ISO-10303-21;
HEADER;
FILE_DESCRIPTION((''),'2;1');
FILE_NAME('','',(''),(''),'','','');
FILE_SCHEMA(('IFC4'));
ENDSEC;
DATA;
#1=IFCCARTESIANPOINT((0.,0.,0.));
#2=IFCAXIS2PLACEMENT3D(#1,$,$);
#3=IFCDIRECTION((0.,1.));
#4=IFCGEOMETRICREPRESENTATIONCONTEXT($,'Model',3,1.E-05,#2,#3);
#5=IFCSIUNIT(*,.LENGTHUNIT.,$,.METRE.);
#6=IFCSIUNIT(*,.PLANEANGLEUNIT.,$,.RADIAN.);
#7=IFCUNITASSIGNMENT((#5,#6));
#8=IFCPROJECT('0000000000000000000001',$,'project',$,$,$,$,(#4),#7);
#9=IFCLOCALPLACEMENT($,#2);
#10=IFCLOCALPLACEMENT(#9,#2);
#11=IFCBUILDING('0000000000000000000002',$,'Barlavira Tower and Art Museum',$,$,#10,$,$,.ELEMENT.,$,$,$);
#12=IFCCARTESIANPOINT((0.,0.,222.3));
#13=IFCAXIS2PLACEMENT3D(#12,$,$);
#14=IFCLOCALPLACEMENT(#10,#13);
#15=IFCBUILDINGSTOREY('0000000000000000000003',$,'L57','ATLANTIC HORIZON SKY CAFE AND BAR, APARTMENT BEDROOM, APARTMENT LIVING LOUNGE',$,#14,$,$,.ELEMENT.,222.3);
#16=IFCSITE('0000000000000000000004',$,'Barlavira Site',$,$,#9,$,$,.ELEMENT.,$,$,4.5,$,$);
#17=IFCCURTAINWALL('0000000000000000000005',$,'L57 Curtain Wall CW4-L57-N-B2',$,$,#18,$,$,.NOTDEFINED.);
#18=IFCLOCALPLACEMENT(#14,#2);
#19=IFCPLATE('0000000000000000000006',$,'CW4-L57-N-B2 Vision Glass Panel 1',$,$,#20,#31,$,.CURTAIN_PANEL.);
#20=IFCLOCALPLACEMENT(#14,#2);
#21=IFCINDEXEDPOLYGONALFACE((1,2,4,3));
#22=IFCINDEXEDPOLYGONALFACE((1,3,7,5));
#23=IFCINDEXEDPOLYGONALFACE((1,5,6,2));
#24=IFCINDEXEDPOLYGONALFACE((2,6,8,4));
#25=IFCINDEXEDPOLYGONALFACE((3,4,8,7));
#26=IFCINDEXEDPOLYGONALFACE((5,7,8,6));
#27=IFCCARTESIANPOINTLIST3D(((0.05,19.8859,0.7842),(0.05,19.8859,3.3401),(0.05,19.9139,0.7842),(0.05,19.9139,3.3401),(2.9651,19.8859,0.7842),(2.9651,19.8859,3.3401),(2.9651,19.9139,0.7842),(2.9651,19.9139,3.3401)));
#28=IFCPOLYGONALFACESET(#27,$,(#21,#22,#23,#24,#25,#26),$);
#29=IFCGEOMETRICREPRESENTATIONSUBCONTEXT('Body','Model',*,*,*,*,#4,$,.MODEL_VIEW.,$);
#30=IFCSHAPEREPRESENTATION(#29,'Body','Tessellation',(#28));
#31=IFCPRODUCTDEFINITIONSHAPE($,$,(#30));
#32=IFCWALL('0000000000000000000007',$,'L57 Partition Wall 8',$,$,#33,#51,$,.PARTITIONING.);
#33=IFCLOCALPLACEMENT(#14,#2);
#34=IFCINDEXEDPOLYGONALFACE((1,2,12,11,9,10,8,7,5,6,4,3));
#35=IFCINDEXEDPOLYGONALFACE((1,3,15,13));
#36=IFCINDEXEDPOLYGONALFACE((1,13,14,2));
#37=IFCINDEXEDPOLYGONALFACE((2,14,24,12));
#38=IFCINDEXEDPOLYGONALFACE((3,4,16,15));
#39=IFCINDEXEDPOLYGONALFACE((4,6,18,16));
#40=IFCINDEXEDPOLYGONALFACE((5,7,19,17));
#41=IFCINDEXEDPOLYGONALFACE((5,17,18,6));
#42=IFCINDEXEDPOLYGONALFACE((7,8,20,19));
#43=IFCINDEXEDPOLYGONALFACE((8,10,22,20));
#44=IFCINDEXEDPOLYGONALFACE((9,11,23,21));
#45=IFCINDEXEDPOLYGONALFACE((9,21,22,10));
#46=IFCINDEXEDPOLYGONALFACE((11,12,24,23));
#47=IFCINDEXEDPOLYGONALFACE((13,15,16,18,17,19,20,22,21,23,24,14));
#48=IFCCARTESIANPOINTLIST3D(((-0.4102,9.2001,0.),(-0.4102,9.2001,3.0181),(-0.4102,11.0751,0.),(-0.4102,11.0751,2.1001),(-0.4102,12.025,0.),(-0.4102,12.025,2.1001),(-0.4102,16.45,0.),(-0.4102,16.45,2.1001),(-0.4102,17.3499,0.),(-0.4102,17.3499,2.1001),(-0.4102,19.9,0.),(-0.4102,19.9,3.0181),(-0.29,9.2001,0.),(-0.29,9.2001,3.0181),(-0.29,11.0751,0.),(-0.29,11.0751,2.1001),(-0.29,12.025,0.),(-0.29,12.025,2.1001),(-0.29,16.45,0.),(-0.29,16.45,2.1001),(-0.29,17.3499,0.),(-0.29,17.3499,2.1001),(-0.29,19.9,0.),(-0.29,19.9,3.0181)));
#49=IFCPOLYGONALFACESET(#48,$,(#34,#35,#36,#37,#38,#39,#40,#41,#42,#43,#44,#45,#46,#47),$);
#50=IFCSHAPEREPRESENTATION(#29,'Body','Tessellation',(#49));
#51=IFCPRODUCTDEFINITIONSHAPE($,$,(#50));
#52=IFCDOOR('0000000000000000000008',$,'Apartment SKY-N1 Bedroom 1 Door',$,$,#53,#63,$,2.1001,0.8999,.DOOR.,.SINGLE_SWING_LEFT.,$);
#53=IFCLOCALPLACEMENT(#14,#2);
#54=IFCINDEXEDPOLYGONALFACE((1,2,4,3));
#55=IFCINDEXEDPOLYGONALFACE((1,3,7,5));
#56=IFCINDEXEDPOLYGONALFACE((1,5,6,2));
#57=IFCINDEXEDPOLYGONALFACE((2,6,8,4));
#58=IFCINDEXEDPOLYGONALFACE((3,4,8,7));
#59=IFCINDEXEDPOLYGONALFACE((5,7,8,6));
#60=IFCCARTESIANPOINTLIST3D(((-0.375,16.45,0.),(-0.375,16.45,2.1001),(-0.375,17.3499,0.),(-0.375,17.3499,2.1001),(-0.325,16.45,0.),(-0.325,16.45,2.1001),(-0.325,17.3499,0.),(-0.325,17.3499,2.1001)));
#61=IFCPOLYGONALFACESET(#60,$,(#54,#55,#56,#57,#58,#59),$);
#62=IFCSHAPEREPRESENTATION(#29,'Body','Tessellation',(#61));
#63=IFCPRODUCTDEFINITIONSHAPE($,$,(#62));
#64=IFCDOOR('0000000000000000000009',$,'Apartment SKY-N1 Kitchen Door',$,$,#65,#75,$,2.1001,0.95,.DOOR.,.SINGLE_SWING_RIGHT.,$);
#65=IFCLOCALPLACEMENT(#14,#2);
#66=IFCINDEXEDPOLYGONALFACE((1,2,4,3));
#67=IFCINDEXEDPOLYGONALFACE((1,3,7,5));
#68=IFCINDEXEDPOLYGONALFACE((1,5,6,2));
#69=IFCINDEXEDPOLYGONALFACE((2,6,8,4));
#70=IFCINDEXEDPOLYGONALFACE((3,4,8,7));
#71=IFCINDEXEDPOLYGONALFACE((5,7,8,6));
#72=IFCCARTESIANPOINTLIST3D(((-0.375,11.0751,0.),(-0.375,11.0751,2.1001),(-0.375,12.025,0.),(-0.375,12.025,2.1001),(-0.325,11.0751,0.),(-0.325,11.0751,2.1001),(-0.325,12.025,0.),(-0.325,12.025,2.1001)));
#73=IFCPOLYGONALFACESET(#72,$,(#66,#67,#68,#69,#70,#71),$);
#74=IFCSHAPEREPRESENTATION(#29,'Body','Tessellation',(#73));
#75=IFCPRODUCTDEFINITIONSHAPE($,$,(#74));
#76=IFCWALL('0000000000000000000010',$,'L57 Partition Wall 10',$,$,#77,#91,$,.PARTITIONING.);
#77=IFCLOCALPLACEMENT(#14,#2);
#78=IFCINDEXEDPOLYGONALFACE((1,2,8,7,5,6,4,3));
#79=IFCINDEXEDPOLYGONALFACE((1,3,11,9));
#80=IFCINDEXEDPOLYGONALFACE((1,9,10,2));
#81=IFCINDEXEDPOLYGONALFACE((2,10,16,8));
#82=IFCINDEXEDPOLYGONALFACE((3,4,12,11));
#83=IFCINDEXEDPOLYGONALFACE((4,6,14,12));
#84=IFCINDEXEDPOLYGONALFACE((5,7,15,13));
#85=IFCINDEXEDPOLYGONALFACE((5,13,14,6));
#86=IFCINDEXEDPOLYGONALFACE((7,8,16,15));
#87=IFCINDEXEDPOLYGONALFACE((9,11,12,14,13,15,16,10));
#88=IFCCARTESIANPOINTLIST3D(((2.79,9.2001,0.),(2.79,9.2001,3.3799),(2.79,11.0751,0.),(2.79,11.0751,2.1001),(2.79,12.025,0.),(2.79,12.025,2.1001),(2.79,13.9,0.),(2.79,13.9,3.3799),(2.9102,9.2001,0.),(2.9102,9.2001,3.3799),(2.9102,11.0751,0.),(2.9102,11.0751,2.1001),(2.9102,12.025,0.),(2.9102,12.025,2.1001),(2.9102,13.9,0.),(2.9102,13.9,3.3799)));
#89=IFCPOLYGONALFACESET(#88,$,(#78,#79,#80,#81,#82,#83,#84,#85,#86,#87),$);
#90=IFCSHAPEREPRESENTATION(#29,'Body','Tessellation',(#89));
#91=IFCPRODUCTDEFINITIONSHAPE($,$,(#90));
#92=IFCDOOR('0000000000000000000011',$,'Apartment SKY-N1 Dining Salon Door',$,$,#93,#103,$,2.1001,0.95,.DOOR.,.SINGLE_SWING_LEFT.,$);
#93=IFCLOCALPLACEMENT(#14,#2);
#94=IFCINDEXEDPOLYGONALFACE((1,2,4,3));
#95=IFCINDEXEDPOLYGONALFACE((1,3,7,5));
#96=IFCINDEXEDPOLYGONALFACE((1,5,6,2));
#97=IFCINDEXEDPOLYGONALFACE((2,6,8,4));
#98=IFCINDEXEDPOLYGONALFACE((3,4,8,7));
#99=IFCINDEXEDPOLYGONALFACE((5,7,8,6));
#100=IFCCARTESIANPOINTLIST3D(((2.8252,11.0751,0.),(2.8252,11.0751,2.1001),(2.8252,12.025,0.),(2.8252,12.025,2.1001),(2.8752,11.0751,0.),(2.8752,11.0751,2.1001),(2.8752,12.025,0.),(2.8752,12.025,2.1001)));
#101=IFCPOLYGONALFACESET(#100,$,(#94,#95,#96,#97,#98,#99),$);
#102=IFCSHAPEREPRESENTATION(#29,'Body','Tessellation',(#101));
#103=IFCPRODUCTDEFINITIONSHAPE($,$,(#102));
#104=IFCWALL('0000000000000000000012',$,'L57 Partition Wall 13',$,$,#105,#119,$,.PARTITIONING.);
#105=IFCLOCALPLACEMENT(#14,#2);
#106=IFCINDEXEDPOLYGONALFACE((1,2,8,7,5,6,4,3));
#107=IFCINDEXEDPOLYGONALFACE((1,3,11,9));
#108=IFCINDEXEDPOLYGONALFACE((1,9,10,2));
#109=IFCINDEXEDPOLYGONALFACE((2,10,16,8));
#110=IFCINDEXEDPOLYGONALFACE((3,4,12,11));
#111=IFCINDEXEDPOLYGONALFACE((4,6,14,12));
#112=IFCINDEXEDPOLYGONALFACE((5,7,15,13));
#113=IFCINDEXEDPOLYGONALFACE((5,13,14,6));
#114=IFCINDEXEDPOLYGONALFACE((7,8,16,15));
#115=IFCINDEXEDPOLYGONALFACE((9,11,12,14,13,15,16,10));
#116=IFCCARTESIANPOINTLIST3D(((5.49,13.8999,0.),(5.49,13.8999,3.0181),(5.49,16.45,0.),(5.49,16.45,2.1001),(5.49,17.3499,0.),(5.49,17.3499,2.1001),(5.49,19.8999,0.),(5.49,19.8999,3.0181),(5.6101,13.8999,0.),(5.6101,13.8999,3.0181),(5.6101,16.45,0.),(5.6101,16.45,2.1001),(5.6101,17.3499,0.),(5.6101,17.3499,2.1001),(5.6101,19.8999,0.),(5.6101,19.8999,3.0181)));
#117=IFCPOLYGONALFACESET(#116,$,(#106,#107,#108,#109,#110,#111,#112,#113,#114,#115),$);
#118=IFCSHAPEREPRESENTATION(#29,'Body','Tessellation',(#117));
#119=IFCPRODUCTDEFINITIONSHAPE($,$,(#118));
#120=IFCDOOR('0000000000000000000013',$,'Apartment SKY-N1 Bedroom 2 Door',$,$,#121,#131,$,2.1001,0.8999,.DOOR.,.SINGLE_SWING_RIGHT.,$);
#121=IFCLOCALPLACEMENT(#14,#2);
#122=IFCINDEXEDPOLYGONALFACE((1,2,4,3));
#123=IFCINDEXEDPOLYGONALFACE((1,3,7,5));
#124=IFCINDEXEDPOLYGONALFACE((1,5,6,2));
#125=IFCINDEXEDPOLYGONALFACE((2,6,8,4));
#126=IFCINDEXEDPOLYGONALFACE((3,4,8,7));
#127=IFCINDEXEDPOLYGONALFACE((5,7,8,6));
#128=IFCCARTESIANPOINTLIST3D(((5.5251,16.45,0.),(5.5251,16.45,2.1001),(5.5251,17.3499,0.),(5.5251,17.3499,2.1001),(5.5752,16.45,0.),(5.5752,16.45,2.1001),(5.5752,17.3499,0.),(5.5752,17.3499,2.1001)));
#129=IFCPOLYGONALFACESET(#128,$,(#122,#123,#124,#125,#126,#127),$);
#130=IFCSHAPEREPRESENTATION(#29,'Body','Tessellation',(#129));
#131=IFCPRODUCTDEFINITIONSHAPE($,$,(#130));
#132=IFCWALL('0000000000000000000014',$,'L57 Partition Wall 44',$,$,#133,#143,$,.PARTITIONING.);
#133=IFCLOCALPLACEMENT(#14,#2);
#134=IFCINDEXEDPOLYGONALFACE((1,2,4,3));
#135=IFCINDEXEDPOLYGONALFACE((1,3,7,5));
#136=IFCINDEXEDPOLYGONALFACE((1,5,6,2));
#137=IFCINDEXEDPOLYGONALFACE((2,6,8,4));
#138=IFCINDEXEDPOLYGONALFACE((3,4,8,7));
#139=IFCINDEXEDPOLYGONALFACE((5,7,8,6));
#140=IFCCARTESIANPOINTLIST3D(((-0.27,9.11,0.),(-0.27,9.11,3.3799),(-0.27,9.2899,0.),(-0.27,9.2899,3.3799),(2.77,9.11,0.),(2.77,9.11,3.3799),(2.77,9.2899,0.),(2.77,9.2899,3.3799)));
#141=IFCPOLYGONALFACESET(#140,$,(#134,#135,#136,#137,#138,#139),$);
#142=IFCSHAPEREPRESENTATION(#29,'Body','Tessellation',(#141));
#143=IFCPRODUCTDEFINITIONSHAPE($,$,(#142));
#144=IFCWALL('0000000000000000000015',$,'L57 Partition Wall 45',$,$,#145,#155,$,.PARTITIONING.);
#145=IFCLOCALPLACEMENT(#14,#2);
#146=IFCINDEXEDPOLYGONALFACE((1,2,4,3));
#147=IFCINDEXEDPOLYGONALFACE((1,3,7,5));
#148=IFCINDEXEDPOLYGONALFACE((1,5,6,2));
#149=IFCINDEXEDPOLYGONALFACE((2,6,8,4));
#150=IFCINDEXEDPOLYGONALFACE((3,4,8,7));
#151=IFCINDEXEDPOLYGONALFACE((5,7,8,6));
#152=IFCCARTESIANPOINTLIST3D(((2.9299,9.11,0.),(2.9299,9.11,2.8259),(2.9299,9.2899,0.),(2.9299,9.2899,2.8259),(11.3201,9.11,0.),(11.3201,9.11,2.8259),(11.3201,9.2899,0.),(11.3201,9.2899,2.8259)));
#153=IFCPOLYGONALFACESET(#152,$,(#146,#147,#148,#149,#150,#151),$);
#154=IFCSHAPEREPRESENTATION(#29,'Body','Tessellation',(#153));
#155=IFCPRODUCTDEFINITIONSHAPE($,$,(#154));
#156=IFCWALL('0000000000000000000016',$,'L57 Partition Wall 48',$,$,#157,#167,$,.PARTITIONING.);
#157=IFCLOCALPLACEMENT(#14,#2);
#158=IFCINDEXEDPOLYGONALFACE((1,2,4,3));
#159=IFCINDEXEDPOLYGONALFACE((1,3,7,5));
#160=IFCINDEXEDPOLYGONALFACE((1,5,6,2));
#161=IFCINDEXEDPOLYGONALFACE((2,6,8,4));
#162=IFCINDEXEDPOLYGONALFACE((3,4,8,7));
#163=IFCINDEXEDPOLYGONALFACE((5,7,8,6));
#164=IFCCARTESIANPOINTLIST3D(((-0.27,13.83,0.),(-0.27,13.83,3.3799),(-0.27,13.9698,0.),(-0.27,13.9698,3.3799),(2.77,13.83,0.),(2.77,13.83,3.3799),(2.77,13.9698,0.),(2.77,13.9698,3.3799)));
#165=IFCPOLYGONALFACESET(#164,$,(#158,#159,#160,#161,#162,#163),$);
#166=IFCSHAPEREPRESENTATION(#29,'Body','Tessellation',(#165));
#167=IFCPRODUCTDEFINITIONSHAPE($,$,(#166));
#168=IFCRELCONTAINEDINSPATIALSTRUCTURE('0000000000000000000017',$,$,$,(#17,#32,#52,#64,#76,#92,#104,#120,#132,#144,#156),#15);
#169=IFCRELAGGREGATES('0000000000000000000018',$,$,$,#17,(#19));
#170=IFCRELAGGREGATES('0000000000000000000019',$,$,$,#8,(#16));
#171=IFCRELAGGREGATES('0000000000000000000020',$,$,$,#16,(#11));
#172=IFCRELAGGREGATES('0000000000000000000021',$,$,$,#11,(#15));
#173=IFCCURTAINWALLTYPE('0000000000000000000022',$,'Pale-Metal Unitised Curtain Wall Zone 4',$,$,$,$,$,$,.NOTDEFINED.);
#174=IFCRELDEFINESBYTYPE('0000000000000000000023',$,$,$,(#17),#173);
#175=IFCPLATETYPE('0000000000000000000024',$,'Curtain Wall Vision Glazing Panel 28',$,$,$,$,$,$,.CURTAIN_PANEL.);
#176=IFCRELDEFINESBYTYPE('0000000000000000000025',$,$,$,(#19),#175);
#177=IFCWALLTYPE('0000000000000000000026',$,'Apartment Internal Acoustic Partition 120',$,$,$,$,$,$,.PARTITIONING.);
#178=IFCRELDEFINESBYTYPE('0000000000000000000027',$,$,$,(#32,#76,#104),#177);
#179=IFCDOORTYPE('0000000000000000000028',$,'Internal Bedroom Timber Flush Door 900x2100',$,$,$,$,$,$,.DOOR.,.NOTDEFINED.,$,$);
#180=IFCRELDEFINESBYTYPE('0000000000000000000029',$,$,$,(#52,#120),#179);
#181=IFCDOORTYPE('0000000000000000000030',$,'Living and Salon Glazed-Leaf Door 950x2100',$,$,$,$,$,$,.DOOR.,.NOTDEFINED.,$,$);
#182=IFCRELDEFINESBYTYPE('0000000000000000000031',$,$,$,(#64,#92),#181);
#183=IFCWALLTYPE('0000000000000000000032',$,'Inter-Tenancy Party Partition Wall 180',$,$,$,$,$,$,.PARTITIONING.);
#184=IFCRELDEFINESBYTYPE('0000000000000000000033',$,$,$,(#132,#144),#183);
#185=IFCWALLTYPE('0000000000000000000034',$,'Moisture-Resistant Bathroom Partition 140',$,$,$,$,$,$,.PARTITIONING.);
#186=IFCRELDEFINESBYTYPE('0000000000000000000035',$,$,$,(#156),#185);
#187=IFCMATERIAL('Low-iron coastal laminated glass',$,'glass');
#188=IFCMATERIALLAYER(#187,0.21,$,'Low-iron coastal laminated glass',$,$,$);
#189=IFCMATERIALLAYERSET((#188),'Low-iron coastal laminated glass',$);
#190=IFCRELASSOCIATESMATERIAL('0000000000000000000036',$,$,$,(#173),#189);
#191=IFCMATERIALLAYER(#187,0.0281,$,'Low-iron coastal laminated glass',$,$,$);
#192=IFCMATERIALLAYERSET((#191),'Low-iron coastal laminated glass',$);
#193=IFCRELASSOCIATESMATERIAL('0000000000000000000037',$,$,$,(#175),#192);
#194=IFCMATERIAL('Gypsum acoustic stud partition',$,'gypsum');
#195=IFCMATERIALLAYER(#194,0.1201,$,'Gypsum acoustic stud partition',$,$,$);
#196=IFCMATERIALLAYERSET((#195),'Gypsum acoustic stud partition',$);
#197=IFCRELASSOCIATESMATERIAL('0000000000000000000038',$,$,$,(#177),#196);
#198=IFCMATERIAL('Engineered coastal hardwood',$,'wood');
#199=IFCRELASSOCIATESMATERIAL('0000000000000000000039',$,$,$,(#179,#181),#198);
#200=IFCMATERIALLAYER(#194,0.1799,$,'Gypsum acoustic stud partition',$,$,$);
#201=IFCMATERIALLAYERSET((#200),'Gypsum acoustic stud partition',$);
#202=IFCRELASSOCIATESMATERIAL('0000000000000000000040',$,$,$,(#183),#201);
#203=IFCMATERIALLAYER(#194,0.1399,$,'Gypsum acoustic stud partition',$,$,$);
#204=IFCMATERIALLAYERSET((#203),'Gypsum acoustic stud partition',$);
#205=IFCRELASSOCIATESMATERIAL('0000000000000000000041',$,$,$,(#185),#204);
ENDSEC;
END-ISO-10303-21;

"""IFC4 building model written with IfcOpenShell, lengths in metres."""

from ifc_helpers import new_model, si_unit, direction, frame, frame_2d, origin, origin_2d, place, context, subcontext, project, spatial, rectangle, extrude, material, layer, layer_set, type_object, element, fill, aggregate, save


model = new_model("IFC4")

# Units and contexts
model_context = context("Model", 3, precision=1e-05, world=origin(), true_north=direction((0.0, 1.0)))
body_context = subcontext(model_context, "Body", "Model", "MODEL_VIEW")
ifc_project = project(units=[si_unit("LENGTHUNIT", "METRE"), si_unit("PLANEANGLEUNIT", "RADIAN")], contexts=[model_context])

# Site, building, storey
site_placement = place(None, origin())
site = spatial("IfcSite", under=ifc_project, at=site_placement, Name="Barlavira Site", CompositionType="ELEMENT", RefElevation=4.5)
building_placement = place(site_placement, origin())
building = spatial("IfcBuilding", under=site, at=building_placement, Name="Barlavira Tower and Art Museum", CompositionType="ELEMENT")
storey_placement = place(building_placement, frame((0.0, 0.0, 222.3)))
storey = spatial("IfcBuildingStorey", under=building, at=storey_placement, Name="L57", Description="ATLANTIC HORIZON SKY CAFE AND BAR, APARTMENT BEDROOM, APARTMENT LIVING LOUNGE", CompositionType="ELEMENT", Elevation=222.3)

# Curtain wall, plate
ifc_material_1 = material(Name="Low-iron coastal laminated glass", Category="glass")
ifc_layer_1 = layer(ifc_material_1, 0.21, Name="Low-iron coastal laminated glass")
ifc_layer_set_1 = layer_set([ifc_layer_1], Name="Low-iron coastal laminated glass")
curtain_wall_type = type_object("IfcCurtainWallType", Name="Pale-Metal Unitised Curtain Wall Zone 4", PredefinedType="NOTDEFINED", material=ifc_layer_set_1)
curtain_wall_placement = place(storey_placement, origin())
curtain_wall = element("IfcCurtainWall", 1, at=curtain_wall_placement, inside=storey, type_object=curtain_wall_type, Name="L57 Curtain Wall CW4-L57-N-B2", PredefinedType="NOTDEFINED")
ifc_layer_2 = layer(ifc_material_1, 0.0281, Name="Low-iron coastal laminated glass")
ifc_layer_set_2 = layer_set([ifc_layer_2], Name="Low-iron coastal laminated glass")
plate_type_1 = type_object("IfcPlateType", Name="Curtain Wall Vision Glazing Panel 28", PredefinedType="CURTAIN_PANEL", material=ifc_layer_set_2)
plate_1_placement = place(storey_placement, frame((1.5076, 19.8999, 0.7842), z_axis=(0.0, 0.0, 1.0), x_axis=(-1.0, 0.0, 0.0)))
plate_1 = element("IfcPlate", 2, at=plate_1_placement, type_object=plate_type_1, Name="CW4-L57-N-B2 Vision Glass Panel 1", PredefinedType="CURTAIN_PANEL", context=body_context, shape_type="SweptSolid", body=[
    extrude(rectangle(XDim=2.915, YDim=0.0281, at=origin_2d()), origin(), (0.0, 0.0, 1.0), 2.5559),
])
aggregate(curtain_wall, [plate_1])

# Wall, openings, doors
ifc_material_2 = material(Name="Gypsum acoustic stud partition", Category="gypsum")
ifc_layer_3 = layer(ifc_material_2, 0.1201, Name="Gypsum acoustic stud partition")
ifc_layer_set_3 = layer_set([ifc_layer_3], Name="Gypsum acoustic stud partition")
wall_type_1 = type_object("IfcWallType", Name="Apartment Internal Acoustic Partition 120", PredefinedType="PARTITIONING", material=ifc_layer_set_3)
wall_1_placement = place(storey_placement, frame((-0.3501, 9.2, 0.0), z_axis=(0.0, 0.0, 1.0), x_axis=(0.0, 1.0, 0.0)))
wall_1 = element("IfcWall", 3, at=wall_1_placement, inside=storey, type_object=wall_type_1, Name="L57 Partition Wall 8", PredefinedType="PARTITIONING", context=body_context, shape_type="SweptSolid", body=[
    extrude(rectangle(XDim=10.7, YDim=0.1201, at=frame_2d((5.3501, 0.0))), origin(), (0.0, 0.0, 1.0), 3.0181),
])
opening_1_placement = place(wall_1_placement, frame((1.875, 0.0, 0.0)))
opening_1 = element("IfcOpeningElement", 4, at=opening_1_placement, cuts=wall_1, PredefinedType="OPENING", context=body_context, shape_type="SweptSolid", body=[
    extrude(rectangle(XDim=0.95, YDim=2.1001, at=frame_2d((0.4751, 1.05))), frame((0.0, 0.0701, 0.0), z_axis=(0.0, -1.0, 0.0), x_axis=(1.0, 0.0, 0.0)), (0.0, 0.0, 1.0), 0.1401),
])
opening_2_placement = place(wall_1_placement, frame((7.25, 0.0, 0.0)))
opening_2 = element("IfcOpeningElement", 5, at=opening_2_placement, cuts=wall_1, PredefinedType="OPENING", context=body_context, shape_type="SweptSolid", body=[
    extrude(rectangle(XDim=0.8999, YDim=2.1001, at=frame_2d((0.45, 1.05))), frame((0.0, 0.0701, 0.0), z_axis=(0.0, -1.0, 0.0), x_axis=(1.0, 0.0, 0.0)), (0.0, 0.0, 1.0), 0.1401),
])
ifc_material_3 = material(Name="Engineered coastal hardwood", Category="wood")
door_type_1 = type_object("IfcDoorType", Name="Internal Bedroom Timber Flush Door 900x2100", OperationType="NOTDEFINED", PredefinedType="DOOR", material=ifc_material_3)
door_1_placement = place(opening_2_placement, origin())
door_1 = element("IfcDoor", 6, at=door_1_placement, inside=storey, type_object=door_type_1, Name="Apartment SKY-N1 Bedroom 1 Door", OperationType="SINGLE_SWING_LEFT", OverallHeight=2.1001, OverallWidth=0.8999, PredefinedType="DOOR", context=body_context, shape_type="SweptSolid", body=[
    extrude(rectangle(XDim=0.8999, YDim=2.1001, at=frame_2d((0.45, 1.05))), frame((0.0, 0.0249, 0.0), z_axis=(0.0, -1.0, 0.0), x_axis=(1.0, 0.0, 0.0)), (0.0, 0.0, 1.0), 0.05),
])
fill(opening_2, door_1)
door_type_2 = type_object("IfcDoorType", Name="Living and Salon Glazed-Leaf Door 950x2100", OperationType="NOTDEFINED", PredefinedType="DOOR", material=ifc_material_3)
door_2_placement = place(opening_1_placement, origin())
door_2 = element("IfcDoor", 7, at=door_2_placement, inside=storey, type_object=door_type_2, Name="Apartment SKY-N1 Kitchen Door", OperationType="SINGLE_SWING_RIGHT", OverallHeight=2.1001, OverallWidth=0.95, PredefinedType="DOOR", context=body_context, shape_type="SweptSolid", body=[
    extrude(rectangle(XDim=0.95, YDim=2.1001, at=frame_2d((0.4751, 1.05))), frame((0.0, 0.0249, 0.0), z_axis=(0.0, -1.0, 0.0), x_axis=(1.0, 0.0, 0.0)), (0.0, 0.0, 1.0), 0.05),
])
fill(opening_1, door_2)

# Walls, openings, doors
wall_2_placement = place(storey_placement, frame((2.8501, 9.2, 0.0), z_axis=(0.0, 0.0, 1.0), x_axis=(0.0, 1.0, 0.0)))
wall_2 = element("IfcWall", 8, at=wall_2_placement, inside=storey, type_object=wall_type_1, Name="L57 Partition Wall 10", PredefinedType="PARTITIONING", context=body_context, shape_type="SweptSolid", body=[
    extrude(rectangle(XDim=4.7, YDim=0.1201, at=frame_2d((2.3501, 0.0))), origin(), (0.0, 0.0, 1.0), 3.3799),
])
opening_3_placement = place(wall_2_placement, frame((1.875, 0.0, 0.0)))
opening_3 = element("IfcOpeningElement", 9, at=opening_3_placement, cuts=wall_2, PredefinedType="OPENING", context=body_context, shape_type="SweptSolid", body=[
    extrude(rectangle(XDim=0.95, YDim=2.1001, at=frame_2d((0.4751, 1.05))), frame((0.0, 0.0701, 0.0), z_axis=(0.0, -1.0, 0.0), x_axis=(1.0, 0.0, 0.0)), (0.0, 0.0, 1.0), 0.1401),
])
door_3_placement = place(opening_3_placement, origin())
door_3 = element("IfcDoor", 10, at=door_3_placement, inside=storey, type_object=door_type_2, Name="Apartment SKY-N1 Dining Salon Door", OperationType="SINGLE_SWING_LEFT", OverallHeight=2.1001, OverallWidth=0.95, PredefinedType="DOOR", context=body_context, shape_type="SweptSolid", body=[
    extrude(rectangle(XDim=0.95, YDim=2.1001, at=frame_2d((0.4751, 1.05))), frame((0.0, 0.0249, 0.0), z_axis=(0.0, -1.0, 0.0), x_axis=(1.0, 0.0, 0.0)), (0.0, 0.0, 1.0), 0.05),
])
fill(opening_3, door_3)
wall_3_placement = place(storey_placement, frame((5.55, 13.8999, 0.0), z_axis=(0.0, 0.0, 1.0), x_axis=(0.0, 1.0, 0.0)))
wall_3 = element("IfcWall", 11, at=wall_3_placement, inside=storey, type_object=wall_type_1, Name="L57 Partition Wall 13", PredefinedType="PARTITIONING", context=body_context, shape_type="SweptSolid", body=[
    extrude(rectangle(XDim=6.0, YDim=0.1201, at=frame_2d((3.0, 0.0))), origin(), (0.0, 0.0, 1.0), 3.0181),
])
opening_4_placement = place(wall_3_placement, frame((2.55, 0.0, 0.0)))
opening_4 = element("IfcOpeningElement", 12, at=opening_4_placement, cuts=wall_3, PredefinedType="OPENING", context=body_context, shape_type="SweptSolid", body=[
    extrude(rectangle(XDim=0.8999, YDim=2.1001, at=frame_2d((0.45, 1.05))), frame((0.0, 0.0701, 0.0), z_axis=(0.0, -1.0, 0.0), x_axis=(1.0, 0.0, 0.0)), (0.0, 0.0, 1.0), 0.1401),
])
door_4_placement = place(opening_4_placement, origin())
door_4 = element("IfcDoor", 13, at=door_4_placement, inside=storey, type_object=door_type_1, Name="Apartment SKY-N1 Bedroom 2 Door", OperationType="SINGLE_SWING_RIGHT", OverallHeight=2.1001, OverallWidth=0.8999, PredefinedType="DOOR", context=body_context, shape_type="SweptSolid", body=[
    extrude(rectangle(XDim=0.8999, YDim=2.1001, at=frame_2d((0.45, 1.05))), frame((0.0, 0.0249, 0.0), z_axis=(0.0, -1.0, 0.0), x_axis=(1.0, 0.0, 0.0)), (0.0, 0.0, 1.0), 0.05),
])
fill(opening_4, door_4)

# Walls
ifc_layer_4 = layer(ifc_material_2, 0.1799, Name="Gypsum acoustic stud partition")
ifc_layer_set_4 = layer_set([ifc_layer_4], Name="Gypsum acoustic stud partition")
wall_type_2 = type_object("IfcWallType", Name="Inter-Tenancy Party Partition Wall 180", PredefinedType="PARTITIONING", material=ifc_layer_set_4)
wall_4_placement = place(storey_placement, frame((-0.27, 9.2, 0.0), z_axis=(0.0, 0.0, 1.0), x_axis=(1.0, 0.0, 0.0)))
element("IfcWall", 14, at=wall_4_placement, inside=storey, type_object=wall_type_2, Name="L57 Partition Wall 44", PredefinedType="PARTITIONING", context=body_context, shape_type="SweptSolid", body=[
    extrude(rectangle(XDim=3.04, YDim=0.1799, at=frame_2d((1.52, 0.0))), origin(), (0.0, 0.0, 1.0), 3.3799),
])
wall_5_placement = place(storey_placement, frame((2.9299, 9.2, 0.0), z_axis=(0.0, 0.0, 1.0), x_axis=(1.0, 0.0, 0.0)))
element("IfcWall", 15, at=wall_5_placement, inside=storey, type_object=wall_type_2, Name="L57 Partition Wall 45", PredefinedType="PARTITIONING", context=body_context, shape_type="SweptSolid", body=[
    extrude(rectangle(XDim=8.3901, YDim=0.1799, at=frame_2d((4.1951, 0.0))), origin(), (0.0, 0.0, 1.0), 2.8259),
])
ifc_layer_5 = layer(ifc_material_2, 0.1399, Name="Gypsum acoustic stud partition")
ifc_layer_set_5 = layer_set([ifc_layer_5], Name="Gypsum acoustic stud partition")
wall_type_3 = type_object("IfcWallType", Name="Moisture-Resistant Bathroom Partition 140", PredefinedType="PARTITIONING", material=ifc_layer_set_5)
wall_6_placement = place(storey_placement, frame((-0.27, 13.8999, 0.0), z_axis=(0.0, 0.0, 1.0), x_axis=(1.0, 0.0, 0.0)))
element("IfcWall", 16, at=wall_6_placement, inside=storey, type_object=wall_type_3, Name="L57 Partition Wall 48", PredefinedType="PARTITIONING", context=body_context, shape_type="SweptSolid", body=[
    extrude(rectangle(XDim=3.04, YDim=0.1399, at=frame_2d((1.52, 0.0))), origin(), (0.0, 0.0, 1.0), 3.3799),
])

save(model, "model.ifc")
